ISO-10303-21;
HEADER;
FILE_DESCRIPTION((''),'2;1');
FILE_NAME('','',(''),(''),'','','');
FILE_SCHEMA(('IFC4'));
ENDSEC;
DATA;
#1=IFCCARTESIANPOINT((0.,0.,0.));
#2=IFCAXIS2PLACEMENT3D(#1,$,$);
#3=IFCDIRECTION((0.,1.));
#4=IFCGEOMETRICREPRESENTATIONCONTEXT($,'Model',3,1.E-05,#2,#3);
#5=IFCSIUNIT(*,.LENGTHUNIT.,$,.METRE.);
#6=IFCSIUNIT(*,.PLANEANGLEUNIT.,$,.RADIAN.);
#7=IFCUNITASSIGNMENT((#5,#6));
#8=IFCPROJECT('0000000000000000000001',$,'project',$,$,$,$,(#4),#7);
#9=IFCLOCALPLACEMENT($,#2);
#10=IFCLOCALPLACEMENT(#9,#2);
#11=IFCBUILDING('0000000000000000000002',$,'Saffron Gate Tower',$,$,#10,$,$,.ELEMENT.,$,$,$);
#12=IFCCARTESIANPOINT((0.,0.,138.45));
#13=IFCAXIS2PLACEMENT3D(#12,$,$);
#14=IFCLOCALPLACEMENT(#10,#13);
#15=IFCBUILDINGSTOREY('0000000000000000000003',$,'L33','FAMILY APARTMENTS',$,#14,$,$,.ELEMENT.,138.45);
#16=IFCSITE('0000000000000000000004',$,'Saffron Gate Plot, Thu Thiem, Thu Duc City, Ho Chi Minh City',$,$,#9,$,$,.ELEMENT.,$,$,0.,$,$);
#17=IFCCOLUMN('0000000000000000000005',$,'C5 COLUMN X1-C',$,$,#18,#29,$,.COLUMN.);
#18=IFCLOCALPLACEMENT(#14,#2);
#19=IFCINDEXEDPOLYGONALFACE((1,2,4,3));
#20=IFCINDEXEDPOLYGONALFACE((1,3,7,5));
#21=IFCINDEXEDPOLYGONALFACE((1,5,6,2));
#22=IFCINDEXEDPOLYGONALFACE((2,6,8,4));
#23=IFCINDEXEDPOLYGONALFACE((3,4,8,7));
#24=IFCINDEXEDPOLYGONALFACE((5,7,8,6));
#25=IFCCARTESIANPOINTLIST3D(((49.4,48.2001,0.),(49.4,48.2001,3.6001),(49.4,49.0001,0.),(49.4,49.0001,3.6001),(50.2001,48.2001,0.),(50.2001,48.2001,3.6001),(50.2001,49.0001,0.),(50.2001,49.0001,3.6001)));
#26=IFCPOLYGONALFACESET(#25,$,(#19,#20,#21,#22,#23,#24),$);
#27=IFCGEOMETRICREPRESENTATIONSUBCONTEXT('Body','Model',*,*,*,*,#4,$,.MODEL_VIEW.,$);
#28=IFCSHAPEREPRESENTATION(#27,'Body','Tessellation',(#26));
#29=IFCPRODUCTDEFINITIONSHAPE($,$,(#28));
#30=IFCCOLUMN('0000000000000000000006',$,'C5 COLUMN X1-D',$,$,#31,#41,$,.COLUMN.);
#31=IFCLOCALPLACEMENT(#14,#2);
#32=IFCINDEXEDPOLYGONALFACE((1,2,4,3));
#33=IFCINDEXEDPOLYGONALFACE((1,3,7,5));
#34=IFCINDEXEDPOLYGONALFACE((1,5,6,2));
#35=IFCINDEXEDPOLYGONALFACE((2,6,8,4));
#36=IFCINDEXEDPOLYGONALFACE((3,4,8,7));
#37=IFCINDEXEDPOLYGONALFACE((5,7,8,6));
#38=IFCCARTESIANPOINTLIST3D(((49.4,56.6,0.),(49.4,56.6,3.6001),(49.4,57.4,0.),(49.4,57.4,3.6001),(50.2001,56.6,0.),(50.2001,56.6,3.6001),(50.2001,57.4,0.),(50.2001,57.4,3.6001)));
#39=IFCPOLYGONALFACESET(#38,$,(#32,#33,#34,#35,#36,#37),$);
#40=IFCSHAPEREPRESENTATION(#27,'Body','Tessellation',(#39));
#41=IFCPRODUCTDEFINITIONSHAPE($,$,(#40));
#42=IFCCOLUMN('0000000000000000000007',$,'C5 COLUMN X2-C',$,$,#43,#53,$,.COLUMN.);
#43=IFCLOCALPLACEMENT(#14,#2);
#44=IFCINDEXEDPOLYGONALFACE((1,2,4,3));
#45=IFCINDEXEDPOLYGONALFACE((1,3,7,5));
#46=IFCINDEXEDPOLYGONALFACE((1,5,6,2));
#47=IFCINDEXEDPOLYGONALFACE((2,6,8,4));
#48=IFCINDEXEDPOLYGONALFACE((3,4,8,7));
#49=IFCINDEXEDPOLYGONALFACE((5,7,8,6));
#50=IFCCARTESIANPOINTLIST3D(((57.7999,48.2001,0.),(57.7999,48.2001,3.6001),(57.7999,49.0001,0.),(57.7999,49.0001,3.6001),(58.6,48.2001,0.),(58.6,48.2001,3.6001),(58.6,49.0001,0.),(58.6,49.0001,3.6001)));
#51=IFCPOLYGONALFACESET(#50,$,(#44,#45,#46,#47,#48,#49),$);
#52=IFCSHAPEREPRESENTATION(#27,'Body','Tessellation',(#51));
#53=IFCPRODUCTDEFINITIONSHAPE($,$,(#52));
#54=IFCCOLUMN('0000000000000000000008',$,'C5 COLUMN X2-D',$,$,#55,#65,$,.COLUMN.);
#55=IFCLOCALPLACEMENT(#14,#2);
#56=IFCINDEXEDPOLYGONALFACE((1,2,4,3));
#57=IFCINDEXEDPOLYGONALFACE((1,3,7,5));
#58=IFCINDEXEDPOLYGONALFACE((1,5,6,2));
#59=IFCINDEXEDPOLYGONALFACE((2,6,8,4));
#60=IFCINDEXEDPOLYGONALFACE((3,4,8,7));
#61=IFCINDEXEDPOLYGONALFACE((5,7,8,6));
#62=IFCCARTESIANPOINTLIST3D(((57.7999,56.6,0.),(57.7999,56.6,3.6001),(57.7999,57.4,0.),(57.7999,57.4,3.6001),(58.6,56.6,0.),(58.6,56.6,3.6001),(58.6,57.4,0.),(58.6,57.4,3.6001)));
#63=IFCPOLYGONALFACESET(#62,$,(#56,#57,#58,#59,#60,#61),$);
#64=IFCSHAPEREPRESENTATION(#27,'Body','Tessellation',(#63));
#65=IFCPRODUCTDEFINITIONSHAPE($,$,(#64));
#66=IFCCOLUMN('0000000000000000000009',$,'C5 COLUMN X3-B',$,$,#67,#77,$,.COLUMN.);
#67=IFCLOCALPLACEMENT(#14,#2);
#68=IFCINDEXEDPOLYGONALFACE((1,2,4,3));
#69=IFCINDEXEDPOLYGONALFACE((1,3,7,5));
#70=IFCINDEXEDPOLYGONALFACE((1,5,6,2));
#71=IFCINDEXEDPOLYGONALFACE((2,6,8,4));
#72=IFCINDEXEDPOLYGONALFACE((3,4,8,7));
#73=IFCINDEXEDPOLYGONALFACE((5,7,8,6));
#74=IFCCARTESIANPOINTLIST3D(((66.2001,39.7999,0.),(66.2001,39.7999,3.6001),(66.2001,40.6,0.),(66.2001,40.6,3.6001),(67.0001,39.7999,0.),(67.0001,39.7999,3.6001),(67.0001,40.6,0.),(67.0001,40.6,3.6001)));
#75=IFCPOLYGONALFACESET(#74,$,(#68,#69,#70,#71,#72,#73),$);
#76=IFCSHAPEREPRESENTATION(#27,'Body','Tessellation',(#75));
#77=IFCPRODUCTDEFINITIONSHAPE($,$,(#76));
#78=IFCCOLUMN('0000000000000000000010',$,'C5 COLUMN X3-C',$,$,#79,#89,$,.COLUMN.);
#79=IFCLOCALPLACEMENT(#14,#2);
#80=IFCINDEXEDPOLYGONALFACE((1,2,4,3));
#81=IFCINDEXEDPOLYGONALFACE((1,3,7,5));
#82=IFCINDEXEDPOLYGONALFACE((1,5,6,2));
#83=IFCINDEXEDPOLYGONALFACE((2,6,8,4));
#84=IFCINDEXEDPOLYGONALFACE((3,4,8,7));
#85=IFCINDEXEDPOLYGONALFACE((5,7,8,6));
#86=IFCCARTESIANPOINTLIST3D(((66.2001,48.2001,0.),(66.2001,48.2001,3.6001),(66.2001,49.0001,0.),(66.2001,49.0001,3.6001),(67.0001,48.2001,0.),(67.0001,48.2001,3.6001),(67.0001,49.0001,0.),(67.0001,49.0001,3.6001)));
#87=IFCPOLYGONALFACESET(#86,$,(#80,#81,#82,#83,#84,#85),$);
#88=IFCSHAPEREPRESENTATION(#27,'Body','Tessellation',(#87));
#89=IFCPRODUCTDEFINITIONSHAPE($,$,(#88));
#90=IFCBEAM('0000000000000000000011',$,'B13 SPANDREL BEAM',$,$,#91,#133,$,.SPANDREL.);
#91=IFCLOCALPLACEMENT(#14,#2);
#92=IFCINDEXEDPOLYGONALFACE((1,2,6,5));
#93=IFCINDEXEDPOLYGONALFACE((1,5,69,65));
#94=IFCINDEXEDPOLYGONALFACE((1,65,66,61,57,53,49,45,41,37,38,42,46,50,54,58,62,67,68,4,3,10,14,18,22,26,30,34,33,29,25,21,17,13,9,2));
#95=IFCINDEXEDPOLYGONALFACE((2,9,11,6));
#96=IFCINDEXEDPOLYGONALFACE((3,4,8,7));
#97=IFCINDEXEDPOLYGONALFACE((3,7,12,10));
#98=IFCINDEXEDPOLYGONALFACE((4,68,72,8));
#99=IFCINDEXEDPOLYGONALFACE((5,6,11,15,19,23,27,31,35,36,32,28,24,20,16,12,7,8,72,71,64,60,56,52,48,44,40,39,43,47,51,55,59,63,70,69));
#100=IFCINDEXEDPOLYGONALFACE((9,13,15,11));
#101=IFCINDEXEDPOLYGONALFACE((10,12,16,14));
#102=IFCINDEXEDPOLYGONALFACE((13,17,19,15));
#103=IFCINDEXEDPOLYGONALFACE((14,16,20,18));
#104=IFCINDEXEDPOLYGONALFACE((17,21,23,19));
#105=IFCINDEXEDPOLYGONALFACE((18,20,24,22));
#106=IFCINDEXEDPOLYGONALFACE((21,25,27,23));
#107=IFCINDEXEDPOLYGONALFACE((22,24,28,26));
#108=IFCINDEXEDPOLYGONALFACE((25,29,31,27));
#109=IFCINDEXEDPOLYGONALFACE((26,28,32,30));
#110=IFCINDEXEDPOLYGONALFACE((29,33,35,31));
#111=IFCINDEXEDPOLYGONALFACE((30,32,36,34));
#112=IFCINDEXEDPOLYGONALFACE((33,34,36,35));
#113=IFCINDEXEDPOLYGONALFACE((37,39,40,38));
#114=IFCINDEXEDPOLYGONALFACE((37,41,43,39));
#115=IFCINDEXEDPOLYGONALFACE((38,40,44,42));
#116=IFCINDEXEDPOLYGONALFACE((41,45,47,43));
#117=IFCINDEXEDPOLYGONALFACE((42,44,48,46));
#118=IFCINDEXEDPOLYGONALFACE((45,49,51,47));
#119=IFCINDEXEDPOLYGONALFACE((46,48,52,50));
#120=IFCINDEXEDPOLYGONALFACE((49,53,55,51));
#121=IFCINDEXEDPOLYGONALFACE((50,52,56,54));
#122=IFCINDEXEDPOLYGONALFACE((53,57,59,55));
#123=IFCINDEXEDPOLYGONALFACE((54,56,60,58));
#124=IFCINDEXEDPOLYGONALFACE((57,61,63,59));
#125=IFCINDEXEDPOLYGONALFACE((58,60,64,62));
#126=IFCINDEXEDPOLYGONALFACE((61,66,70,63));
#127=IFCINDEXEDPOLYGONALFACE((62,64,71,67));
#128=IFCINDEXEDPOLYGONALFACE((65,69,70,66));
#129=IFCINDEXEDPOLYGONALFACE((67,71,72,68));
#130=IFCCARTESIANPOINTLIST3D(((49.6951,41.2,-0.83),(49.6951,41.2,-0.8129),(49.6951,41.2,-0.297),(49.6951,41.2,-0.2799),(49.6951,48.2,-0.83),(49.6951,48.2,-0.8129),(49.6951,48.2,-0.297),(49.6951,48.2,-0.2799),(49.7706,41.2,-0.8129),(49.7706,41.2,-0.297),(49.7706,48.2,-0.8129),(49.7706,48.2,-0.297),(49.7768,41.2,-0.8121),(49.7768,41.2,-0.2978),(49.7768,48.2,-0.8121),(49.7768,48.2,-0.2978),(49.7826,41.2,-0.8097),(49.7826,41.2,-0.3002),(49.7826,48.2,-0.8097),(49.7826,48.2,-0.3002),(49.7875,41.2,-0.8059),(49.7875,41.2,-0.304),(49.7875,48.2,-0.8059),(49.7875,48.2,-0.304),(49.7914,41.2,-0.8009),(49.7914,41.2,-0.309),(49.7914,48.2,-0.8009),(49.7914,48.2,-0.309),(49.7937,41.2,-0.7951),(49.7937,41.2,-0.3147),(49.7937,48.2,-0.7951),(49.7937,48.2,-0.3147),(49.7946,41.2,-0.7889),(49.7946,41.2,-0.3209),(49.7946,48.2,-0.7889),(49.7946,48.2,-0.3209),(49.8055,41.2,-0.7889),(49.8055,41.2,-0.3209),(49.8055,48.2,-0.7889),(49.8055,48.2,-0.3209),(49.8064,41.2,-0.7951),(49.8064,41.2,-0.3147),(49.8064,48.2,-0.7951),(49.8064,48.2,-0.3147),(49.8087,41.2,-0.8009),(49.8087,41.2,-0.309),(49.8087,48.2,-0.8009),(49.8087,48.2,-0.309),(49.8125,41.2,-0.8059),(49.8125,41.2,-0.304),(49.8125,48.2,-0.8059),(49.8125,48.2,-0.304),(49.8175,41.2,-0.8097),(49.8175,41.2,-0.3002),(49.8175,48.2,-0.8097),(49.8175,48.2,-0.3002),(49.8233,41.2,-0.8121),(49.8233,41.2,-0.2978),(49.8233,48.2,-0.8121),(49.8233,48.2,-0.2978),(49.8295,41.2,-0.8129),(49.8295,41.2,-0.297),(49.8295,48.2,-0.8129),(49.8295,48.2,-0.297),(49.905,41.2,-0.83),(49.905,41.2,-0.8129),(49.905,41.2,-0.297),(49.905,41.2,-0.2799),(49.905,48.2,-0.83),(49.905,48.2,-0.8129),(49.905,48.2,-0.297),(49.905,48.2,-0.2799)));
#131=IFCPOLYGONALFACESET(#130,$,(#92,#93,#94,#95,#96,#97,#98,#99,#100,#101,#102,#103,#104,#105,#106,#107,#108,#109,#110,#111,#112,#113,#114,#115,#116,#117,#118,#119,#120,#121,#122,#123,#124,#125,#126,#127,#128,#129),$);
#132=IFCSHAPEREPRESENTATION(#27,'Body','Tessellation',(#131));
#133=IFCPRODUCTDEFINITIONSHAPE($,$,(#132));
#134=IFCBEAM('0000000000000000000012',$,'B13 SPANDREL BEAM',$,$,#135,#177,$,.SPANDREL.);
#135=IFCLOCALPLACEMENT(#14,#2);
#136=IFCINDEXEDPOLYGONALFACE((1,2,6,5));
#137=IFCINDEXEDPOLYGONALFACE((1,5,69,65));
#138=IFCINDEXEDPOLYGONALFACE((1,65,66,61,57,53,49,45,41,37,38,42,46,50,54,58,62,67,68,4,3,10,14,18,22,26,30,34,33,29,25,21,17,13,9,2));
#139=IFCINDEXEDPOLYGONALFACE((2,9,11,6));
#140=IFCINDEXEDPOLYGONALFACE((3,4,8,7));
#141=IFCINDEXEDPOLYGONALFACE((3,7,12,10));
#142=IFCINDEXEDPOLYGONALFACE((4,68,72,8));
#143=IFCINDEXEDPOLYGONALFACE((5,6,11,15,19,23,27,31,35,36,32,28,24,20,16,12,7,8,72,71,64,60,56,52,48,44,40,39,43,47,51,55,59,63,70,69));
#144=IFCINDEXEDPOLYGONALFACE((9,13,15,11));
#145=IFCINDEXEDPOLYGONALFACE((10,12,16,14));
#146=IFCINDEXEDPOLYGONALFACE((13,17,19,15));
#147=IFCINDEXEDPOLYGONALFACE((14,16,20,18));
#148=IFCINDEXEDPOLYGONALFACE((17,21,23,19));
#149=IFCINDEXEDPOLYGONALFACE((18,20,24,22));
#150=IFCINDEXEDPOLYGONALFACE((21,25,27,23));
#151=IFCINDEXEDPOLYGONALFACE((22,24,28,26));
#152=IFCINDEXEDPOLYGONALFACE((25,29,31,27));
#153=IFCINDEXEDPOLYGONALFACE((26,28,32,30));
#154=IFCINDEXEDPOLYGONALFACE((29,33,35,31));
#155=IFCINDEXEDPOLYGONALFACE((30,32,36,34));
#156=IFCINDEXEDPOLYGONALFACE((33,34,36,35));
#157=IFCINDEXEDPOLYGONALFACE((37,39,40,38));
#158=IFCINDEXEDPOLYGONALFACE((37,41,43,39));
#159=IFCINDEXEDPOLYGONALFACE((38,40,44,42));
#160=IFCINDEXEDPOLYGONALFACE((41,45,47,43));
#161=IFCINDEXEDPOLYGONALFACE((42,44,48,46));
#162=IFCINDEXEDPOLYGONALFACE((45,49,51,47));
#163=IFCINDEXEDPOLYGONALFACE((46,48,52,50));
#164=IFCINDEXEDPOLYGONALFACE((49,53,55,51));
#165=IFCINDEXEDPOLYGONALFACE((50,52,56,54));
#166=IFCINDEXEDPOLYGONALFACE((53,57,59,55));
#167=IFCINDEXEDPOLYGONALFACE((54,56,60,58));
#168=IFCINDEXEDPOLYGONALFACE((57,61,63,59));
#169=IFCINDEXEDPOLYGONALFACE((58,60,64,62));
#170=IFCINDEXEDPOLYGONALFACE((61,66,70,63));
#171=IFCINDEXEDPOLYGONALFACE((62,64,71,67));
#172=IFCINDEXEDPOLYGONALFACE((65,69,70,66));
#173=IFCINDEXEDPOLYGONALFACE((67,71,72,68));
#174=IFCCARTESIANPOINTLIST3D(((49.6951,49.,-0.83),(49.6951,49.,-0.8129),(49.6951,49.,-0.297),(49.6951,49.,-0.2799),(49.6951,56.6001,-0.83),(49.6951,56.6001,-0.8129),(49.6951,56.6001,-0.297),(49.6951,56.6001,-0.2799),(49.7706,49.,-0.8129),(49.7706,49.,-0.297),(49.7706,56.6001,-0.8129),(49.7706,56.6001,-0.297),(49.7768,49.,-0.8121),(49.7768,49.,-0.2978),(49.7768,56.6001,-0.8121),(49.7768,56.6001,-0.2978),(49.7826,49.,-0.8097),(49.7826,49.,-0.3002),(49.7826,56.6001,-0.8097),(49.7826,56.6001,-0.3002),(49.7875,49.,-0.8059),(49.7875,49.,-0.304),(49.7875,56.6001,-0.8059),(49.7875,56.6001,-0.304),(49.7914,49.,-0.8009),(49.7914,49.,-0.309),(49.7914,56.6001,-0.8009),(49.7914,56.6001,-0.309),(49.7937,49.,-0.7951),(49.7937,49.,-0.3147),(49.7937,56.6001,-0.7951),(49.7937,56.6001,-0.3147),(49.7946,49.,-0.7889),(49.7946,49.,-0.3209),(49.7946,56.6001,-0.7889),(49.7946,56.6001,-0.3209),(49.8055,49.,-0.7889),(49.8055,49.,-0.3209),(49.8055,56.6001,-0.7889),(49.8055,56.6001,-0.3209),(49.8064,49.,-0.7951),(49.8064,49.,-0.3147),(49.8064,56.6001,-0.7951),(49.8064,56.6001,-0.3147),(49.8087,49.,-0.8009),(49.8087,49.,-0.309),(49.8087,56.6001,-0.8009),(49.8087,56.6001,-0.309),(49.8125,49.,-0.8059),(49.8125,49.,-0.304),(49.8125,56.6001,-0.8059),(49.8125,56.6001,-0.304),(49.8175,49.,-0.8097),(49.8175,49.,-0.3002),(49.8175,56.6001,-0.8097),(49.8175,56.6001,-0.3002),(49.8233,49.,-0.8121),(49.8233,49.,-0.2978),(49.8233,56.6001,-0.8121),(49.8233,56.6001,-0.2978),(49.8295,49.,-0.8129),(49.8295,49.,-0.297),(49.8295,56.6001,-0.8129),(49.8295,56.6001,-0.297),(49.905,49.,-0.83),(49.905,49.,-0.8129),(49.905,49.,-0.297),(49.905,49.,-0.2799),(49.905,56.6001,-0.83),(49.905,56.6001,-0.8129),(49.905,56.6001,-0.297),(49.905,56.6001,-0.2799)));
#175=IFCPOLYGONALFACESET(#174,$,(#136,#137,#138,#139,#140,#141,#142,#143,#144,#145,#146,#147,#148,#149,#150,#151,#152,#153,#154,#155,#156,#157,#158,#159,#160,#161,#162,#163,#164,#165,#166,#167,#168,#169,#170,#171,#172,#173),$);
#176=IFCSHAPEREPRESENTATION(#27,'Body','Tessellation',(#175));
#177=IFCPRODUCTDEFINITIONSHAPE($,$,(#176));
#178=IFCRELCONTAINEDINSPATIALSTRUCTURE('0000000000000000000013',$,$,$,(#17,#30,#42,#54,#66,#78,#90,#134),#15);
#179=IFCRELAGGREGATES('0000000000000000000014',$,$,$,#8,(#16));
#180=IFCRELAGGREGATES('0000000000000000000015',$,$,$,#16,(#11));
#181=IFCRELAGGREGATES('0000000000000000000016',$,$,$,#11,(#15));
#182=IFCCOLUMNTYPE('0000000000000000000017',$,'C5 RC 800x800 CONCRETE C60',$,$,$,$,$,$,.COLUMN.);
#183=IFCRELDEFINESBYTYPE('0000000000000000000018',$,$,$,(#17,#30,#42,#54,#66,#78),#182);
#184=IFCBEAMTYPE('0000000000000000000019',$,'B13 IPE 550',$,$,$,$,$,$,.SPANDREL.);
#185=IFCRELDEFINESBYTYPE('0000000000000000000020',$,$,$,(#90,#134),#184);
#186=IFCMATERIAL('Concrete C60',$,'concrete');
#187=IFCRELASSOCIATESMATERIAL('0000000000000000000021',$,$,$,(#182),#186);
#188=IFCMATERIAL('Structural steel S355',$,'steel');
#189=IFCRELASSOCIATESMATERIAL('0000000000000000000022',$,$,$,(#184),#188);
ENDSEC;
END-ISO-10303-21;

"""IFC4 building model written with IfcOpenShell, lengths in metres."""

from ifc_helpers import new_model, si_unit, direction, frame, origin, origin_2d, place, context, subcontext, project, spatial, rectangle, i_section, extrude, material, material_profile, profile_set, type_object, element, save


model = new_model("IFC4")

# Units and contexts
model_context = context("Model", 3, precision=1e-05, world=origin(), true_north=direction((0.0, 1.0)))
body_context = subcontext(model_context, "Body", "Model", "MODEL_VIEW")
ifc_project = project(units=[si_unit("LENGTHUNIT", "METRE"), si_unit("PLANEANGLEUNIT", "RADIAN")], contexts=[model_context])

# Site, building, storey
site_placement = place(None, origin())
site = spatial("IfcSite", under=ifc_project, at=site_placement, Name="Saffron Gate Plot, Thu Thiem, Thu Duc City, Ho Chi Minh City", CompositionType="ELEMENT", RefElevation=0.0)
building_placement = place(site_placement, origin())
building = spatial("IfcBuilding", under=site, at=building_placement, Name="Saffron Gate Tower", CompositionType="ELEMENT")
storey_placement = place(building_placement, frame((0.0, 0.0, 138.45)))
storey = spatial("IfcBuildingStorey", under=building, at=storey_placement, Name="L33", Description="FAMILY APARTMENTS", CompositionType="ELEMENT", Elevation=138.45)

# Columns
ifc_material_1 = material(Name="Concrete C60", Category="concrete")
ifc_material_profile_1 = material_profile(ifc_material_1, rectangle(XDim=0.8, YDim=0.8, at=origin_2d()))
ifc_profile_set_1 = profile_set([ifc_material_profile_1], Name="Concrete C60")
column_type = type_object("IfcColumnType", Name="C5 RC 800x800 CONCRETE C60", PredefinedType="COLUMN", material=ifc_profile_set_1)
for number, where, z_axis, x_axis, name in (
    (1, (49.8, 48.6001, 0.0), (0.0, 0.0, 1.0), (1.0, 0.0, 0.0), "C5 COLUMN X1-C"),
    (2, (49.8, 57.0, 0.0), (0.0, 0.0, 1.0), (1.0, 0.0, 0.0), "C5 COLUMN X1-D"),
    (3, (58.2, 48.6001, 0.0), (0.0, 0.0, 1.0), (1.0, 0.0, 0.0), "C5 COLUMN X2-C"),
    (4, (58.2, 57.0, 0.0), (0.0, 0.0, 1.0), (1.0, 0.0, 0.0), "C5 COLUMN X2-D"),
    (5, (66.6001, 40.2, 0.0), (0.0, 0.0, 1.0), (1.0, 0.0, 0.0), "C5 COLUMN X3-B"),
    (6, (66.6001, 48.6001, 0.0), (0.0, 0.0, 1.0), (1.0, 0.0, 0.0), "C5 COLUMN X3-C"),
):
    element("IfcColumn", number, at=place(storey_placement, frame(where, z_axis=z_axis, x_axis=x_axis)), inside=storey, type_object=column_type, Name=name, PredefinedType="COLUMN", context=body_context, shape_type="SweptSolid", body=[
        extrude(rectangle(XDim=0.8, YDim=0.8, at=origin_2d()), origin(), (0.0, 0.0, 1.0), 3.6001),
    ])

# Beams
ifc_material_2 = material(Name="Structural steel S355", Category="steel")
ifc_material_profile_2 = material_profile(ifc_material_2, i_section(OverallWidth=0.21, OverallDepth=0.55, WebThickness=0.011, FlangeThickness=0.0171, FilletRadius=0.0239, at=origin_2d()))
ifc_profile_set_2 = profile_set([ifc_material_profile_2], Name="Structural steel S355")
beam_type = type_object("IfcBeamType", Name="B13 IPE 550", PredefinedType="SPANDREL", material=ifc_profile_set_2)
beam_1_placement = place(storey_placement, frame((49.8, 41.2, -0.5549), z_axis=(0.0, 1.0, 0.0), x_axis=(-1.0, 0.0, 0.0)))
element("IfcBeam", 7, at=beam_1_placement, inside=storey, type_object=beam_type, Name="B13 SPANDREL BEAM", PredefinedType="SPANDREL", context=body_context, shape_type="SweptSolid", body=[
    extrude(i_section(OverallWidth=0.21, OverallDepth=0.55, WebThickness=0.011, FlangeThickness=0.0171, FilletRadius=0.0239, at=origin_2d()), origin(), (0.0, 0.0, 1.0), 7.0),
])
beam_2_placement = place(storey_placement, frame((49.8, 49.0, -0.5549), z_axis=(0.0, 1.0, 0.0), x_axis=(-1.0, 0.0, 0.0)))
element("IfcBeam", 8, at=beam_2_placement, inside=storey, type_object=beam_type, Name="B13 SPANDREL BEAM", PredefinedType="SPANDREL", context=body_context, shape_type="SweptSolid", body=[
    extrude(i_section(OverallWidth=0.21, OverallDepth=0.55, WebThickness=0.011, FlangeThickness=0.0171, FilletRadius=0.0239, at=origin_2d()), origin(), (0.0, 0.0, 1.0), 7.6001),
])

save(model, "model.ifc")
